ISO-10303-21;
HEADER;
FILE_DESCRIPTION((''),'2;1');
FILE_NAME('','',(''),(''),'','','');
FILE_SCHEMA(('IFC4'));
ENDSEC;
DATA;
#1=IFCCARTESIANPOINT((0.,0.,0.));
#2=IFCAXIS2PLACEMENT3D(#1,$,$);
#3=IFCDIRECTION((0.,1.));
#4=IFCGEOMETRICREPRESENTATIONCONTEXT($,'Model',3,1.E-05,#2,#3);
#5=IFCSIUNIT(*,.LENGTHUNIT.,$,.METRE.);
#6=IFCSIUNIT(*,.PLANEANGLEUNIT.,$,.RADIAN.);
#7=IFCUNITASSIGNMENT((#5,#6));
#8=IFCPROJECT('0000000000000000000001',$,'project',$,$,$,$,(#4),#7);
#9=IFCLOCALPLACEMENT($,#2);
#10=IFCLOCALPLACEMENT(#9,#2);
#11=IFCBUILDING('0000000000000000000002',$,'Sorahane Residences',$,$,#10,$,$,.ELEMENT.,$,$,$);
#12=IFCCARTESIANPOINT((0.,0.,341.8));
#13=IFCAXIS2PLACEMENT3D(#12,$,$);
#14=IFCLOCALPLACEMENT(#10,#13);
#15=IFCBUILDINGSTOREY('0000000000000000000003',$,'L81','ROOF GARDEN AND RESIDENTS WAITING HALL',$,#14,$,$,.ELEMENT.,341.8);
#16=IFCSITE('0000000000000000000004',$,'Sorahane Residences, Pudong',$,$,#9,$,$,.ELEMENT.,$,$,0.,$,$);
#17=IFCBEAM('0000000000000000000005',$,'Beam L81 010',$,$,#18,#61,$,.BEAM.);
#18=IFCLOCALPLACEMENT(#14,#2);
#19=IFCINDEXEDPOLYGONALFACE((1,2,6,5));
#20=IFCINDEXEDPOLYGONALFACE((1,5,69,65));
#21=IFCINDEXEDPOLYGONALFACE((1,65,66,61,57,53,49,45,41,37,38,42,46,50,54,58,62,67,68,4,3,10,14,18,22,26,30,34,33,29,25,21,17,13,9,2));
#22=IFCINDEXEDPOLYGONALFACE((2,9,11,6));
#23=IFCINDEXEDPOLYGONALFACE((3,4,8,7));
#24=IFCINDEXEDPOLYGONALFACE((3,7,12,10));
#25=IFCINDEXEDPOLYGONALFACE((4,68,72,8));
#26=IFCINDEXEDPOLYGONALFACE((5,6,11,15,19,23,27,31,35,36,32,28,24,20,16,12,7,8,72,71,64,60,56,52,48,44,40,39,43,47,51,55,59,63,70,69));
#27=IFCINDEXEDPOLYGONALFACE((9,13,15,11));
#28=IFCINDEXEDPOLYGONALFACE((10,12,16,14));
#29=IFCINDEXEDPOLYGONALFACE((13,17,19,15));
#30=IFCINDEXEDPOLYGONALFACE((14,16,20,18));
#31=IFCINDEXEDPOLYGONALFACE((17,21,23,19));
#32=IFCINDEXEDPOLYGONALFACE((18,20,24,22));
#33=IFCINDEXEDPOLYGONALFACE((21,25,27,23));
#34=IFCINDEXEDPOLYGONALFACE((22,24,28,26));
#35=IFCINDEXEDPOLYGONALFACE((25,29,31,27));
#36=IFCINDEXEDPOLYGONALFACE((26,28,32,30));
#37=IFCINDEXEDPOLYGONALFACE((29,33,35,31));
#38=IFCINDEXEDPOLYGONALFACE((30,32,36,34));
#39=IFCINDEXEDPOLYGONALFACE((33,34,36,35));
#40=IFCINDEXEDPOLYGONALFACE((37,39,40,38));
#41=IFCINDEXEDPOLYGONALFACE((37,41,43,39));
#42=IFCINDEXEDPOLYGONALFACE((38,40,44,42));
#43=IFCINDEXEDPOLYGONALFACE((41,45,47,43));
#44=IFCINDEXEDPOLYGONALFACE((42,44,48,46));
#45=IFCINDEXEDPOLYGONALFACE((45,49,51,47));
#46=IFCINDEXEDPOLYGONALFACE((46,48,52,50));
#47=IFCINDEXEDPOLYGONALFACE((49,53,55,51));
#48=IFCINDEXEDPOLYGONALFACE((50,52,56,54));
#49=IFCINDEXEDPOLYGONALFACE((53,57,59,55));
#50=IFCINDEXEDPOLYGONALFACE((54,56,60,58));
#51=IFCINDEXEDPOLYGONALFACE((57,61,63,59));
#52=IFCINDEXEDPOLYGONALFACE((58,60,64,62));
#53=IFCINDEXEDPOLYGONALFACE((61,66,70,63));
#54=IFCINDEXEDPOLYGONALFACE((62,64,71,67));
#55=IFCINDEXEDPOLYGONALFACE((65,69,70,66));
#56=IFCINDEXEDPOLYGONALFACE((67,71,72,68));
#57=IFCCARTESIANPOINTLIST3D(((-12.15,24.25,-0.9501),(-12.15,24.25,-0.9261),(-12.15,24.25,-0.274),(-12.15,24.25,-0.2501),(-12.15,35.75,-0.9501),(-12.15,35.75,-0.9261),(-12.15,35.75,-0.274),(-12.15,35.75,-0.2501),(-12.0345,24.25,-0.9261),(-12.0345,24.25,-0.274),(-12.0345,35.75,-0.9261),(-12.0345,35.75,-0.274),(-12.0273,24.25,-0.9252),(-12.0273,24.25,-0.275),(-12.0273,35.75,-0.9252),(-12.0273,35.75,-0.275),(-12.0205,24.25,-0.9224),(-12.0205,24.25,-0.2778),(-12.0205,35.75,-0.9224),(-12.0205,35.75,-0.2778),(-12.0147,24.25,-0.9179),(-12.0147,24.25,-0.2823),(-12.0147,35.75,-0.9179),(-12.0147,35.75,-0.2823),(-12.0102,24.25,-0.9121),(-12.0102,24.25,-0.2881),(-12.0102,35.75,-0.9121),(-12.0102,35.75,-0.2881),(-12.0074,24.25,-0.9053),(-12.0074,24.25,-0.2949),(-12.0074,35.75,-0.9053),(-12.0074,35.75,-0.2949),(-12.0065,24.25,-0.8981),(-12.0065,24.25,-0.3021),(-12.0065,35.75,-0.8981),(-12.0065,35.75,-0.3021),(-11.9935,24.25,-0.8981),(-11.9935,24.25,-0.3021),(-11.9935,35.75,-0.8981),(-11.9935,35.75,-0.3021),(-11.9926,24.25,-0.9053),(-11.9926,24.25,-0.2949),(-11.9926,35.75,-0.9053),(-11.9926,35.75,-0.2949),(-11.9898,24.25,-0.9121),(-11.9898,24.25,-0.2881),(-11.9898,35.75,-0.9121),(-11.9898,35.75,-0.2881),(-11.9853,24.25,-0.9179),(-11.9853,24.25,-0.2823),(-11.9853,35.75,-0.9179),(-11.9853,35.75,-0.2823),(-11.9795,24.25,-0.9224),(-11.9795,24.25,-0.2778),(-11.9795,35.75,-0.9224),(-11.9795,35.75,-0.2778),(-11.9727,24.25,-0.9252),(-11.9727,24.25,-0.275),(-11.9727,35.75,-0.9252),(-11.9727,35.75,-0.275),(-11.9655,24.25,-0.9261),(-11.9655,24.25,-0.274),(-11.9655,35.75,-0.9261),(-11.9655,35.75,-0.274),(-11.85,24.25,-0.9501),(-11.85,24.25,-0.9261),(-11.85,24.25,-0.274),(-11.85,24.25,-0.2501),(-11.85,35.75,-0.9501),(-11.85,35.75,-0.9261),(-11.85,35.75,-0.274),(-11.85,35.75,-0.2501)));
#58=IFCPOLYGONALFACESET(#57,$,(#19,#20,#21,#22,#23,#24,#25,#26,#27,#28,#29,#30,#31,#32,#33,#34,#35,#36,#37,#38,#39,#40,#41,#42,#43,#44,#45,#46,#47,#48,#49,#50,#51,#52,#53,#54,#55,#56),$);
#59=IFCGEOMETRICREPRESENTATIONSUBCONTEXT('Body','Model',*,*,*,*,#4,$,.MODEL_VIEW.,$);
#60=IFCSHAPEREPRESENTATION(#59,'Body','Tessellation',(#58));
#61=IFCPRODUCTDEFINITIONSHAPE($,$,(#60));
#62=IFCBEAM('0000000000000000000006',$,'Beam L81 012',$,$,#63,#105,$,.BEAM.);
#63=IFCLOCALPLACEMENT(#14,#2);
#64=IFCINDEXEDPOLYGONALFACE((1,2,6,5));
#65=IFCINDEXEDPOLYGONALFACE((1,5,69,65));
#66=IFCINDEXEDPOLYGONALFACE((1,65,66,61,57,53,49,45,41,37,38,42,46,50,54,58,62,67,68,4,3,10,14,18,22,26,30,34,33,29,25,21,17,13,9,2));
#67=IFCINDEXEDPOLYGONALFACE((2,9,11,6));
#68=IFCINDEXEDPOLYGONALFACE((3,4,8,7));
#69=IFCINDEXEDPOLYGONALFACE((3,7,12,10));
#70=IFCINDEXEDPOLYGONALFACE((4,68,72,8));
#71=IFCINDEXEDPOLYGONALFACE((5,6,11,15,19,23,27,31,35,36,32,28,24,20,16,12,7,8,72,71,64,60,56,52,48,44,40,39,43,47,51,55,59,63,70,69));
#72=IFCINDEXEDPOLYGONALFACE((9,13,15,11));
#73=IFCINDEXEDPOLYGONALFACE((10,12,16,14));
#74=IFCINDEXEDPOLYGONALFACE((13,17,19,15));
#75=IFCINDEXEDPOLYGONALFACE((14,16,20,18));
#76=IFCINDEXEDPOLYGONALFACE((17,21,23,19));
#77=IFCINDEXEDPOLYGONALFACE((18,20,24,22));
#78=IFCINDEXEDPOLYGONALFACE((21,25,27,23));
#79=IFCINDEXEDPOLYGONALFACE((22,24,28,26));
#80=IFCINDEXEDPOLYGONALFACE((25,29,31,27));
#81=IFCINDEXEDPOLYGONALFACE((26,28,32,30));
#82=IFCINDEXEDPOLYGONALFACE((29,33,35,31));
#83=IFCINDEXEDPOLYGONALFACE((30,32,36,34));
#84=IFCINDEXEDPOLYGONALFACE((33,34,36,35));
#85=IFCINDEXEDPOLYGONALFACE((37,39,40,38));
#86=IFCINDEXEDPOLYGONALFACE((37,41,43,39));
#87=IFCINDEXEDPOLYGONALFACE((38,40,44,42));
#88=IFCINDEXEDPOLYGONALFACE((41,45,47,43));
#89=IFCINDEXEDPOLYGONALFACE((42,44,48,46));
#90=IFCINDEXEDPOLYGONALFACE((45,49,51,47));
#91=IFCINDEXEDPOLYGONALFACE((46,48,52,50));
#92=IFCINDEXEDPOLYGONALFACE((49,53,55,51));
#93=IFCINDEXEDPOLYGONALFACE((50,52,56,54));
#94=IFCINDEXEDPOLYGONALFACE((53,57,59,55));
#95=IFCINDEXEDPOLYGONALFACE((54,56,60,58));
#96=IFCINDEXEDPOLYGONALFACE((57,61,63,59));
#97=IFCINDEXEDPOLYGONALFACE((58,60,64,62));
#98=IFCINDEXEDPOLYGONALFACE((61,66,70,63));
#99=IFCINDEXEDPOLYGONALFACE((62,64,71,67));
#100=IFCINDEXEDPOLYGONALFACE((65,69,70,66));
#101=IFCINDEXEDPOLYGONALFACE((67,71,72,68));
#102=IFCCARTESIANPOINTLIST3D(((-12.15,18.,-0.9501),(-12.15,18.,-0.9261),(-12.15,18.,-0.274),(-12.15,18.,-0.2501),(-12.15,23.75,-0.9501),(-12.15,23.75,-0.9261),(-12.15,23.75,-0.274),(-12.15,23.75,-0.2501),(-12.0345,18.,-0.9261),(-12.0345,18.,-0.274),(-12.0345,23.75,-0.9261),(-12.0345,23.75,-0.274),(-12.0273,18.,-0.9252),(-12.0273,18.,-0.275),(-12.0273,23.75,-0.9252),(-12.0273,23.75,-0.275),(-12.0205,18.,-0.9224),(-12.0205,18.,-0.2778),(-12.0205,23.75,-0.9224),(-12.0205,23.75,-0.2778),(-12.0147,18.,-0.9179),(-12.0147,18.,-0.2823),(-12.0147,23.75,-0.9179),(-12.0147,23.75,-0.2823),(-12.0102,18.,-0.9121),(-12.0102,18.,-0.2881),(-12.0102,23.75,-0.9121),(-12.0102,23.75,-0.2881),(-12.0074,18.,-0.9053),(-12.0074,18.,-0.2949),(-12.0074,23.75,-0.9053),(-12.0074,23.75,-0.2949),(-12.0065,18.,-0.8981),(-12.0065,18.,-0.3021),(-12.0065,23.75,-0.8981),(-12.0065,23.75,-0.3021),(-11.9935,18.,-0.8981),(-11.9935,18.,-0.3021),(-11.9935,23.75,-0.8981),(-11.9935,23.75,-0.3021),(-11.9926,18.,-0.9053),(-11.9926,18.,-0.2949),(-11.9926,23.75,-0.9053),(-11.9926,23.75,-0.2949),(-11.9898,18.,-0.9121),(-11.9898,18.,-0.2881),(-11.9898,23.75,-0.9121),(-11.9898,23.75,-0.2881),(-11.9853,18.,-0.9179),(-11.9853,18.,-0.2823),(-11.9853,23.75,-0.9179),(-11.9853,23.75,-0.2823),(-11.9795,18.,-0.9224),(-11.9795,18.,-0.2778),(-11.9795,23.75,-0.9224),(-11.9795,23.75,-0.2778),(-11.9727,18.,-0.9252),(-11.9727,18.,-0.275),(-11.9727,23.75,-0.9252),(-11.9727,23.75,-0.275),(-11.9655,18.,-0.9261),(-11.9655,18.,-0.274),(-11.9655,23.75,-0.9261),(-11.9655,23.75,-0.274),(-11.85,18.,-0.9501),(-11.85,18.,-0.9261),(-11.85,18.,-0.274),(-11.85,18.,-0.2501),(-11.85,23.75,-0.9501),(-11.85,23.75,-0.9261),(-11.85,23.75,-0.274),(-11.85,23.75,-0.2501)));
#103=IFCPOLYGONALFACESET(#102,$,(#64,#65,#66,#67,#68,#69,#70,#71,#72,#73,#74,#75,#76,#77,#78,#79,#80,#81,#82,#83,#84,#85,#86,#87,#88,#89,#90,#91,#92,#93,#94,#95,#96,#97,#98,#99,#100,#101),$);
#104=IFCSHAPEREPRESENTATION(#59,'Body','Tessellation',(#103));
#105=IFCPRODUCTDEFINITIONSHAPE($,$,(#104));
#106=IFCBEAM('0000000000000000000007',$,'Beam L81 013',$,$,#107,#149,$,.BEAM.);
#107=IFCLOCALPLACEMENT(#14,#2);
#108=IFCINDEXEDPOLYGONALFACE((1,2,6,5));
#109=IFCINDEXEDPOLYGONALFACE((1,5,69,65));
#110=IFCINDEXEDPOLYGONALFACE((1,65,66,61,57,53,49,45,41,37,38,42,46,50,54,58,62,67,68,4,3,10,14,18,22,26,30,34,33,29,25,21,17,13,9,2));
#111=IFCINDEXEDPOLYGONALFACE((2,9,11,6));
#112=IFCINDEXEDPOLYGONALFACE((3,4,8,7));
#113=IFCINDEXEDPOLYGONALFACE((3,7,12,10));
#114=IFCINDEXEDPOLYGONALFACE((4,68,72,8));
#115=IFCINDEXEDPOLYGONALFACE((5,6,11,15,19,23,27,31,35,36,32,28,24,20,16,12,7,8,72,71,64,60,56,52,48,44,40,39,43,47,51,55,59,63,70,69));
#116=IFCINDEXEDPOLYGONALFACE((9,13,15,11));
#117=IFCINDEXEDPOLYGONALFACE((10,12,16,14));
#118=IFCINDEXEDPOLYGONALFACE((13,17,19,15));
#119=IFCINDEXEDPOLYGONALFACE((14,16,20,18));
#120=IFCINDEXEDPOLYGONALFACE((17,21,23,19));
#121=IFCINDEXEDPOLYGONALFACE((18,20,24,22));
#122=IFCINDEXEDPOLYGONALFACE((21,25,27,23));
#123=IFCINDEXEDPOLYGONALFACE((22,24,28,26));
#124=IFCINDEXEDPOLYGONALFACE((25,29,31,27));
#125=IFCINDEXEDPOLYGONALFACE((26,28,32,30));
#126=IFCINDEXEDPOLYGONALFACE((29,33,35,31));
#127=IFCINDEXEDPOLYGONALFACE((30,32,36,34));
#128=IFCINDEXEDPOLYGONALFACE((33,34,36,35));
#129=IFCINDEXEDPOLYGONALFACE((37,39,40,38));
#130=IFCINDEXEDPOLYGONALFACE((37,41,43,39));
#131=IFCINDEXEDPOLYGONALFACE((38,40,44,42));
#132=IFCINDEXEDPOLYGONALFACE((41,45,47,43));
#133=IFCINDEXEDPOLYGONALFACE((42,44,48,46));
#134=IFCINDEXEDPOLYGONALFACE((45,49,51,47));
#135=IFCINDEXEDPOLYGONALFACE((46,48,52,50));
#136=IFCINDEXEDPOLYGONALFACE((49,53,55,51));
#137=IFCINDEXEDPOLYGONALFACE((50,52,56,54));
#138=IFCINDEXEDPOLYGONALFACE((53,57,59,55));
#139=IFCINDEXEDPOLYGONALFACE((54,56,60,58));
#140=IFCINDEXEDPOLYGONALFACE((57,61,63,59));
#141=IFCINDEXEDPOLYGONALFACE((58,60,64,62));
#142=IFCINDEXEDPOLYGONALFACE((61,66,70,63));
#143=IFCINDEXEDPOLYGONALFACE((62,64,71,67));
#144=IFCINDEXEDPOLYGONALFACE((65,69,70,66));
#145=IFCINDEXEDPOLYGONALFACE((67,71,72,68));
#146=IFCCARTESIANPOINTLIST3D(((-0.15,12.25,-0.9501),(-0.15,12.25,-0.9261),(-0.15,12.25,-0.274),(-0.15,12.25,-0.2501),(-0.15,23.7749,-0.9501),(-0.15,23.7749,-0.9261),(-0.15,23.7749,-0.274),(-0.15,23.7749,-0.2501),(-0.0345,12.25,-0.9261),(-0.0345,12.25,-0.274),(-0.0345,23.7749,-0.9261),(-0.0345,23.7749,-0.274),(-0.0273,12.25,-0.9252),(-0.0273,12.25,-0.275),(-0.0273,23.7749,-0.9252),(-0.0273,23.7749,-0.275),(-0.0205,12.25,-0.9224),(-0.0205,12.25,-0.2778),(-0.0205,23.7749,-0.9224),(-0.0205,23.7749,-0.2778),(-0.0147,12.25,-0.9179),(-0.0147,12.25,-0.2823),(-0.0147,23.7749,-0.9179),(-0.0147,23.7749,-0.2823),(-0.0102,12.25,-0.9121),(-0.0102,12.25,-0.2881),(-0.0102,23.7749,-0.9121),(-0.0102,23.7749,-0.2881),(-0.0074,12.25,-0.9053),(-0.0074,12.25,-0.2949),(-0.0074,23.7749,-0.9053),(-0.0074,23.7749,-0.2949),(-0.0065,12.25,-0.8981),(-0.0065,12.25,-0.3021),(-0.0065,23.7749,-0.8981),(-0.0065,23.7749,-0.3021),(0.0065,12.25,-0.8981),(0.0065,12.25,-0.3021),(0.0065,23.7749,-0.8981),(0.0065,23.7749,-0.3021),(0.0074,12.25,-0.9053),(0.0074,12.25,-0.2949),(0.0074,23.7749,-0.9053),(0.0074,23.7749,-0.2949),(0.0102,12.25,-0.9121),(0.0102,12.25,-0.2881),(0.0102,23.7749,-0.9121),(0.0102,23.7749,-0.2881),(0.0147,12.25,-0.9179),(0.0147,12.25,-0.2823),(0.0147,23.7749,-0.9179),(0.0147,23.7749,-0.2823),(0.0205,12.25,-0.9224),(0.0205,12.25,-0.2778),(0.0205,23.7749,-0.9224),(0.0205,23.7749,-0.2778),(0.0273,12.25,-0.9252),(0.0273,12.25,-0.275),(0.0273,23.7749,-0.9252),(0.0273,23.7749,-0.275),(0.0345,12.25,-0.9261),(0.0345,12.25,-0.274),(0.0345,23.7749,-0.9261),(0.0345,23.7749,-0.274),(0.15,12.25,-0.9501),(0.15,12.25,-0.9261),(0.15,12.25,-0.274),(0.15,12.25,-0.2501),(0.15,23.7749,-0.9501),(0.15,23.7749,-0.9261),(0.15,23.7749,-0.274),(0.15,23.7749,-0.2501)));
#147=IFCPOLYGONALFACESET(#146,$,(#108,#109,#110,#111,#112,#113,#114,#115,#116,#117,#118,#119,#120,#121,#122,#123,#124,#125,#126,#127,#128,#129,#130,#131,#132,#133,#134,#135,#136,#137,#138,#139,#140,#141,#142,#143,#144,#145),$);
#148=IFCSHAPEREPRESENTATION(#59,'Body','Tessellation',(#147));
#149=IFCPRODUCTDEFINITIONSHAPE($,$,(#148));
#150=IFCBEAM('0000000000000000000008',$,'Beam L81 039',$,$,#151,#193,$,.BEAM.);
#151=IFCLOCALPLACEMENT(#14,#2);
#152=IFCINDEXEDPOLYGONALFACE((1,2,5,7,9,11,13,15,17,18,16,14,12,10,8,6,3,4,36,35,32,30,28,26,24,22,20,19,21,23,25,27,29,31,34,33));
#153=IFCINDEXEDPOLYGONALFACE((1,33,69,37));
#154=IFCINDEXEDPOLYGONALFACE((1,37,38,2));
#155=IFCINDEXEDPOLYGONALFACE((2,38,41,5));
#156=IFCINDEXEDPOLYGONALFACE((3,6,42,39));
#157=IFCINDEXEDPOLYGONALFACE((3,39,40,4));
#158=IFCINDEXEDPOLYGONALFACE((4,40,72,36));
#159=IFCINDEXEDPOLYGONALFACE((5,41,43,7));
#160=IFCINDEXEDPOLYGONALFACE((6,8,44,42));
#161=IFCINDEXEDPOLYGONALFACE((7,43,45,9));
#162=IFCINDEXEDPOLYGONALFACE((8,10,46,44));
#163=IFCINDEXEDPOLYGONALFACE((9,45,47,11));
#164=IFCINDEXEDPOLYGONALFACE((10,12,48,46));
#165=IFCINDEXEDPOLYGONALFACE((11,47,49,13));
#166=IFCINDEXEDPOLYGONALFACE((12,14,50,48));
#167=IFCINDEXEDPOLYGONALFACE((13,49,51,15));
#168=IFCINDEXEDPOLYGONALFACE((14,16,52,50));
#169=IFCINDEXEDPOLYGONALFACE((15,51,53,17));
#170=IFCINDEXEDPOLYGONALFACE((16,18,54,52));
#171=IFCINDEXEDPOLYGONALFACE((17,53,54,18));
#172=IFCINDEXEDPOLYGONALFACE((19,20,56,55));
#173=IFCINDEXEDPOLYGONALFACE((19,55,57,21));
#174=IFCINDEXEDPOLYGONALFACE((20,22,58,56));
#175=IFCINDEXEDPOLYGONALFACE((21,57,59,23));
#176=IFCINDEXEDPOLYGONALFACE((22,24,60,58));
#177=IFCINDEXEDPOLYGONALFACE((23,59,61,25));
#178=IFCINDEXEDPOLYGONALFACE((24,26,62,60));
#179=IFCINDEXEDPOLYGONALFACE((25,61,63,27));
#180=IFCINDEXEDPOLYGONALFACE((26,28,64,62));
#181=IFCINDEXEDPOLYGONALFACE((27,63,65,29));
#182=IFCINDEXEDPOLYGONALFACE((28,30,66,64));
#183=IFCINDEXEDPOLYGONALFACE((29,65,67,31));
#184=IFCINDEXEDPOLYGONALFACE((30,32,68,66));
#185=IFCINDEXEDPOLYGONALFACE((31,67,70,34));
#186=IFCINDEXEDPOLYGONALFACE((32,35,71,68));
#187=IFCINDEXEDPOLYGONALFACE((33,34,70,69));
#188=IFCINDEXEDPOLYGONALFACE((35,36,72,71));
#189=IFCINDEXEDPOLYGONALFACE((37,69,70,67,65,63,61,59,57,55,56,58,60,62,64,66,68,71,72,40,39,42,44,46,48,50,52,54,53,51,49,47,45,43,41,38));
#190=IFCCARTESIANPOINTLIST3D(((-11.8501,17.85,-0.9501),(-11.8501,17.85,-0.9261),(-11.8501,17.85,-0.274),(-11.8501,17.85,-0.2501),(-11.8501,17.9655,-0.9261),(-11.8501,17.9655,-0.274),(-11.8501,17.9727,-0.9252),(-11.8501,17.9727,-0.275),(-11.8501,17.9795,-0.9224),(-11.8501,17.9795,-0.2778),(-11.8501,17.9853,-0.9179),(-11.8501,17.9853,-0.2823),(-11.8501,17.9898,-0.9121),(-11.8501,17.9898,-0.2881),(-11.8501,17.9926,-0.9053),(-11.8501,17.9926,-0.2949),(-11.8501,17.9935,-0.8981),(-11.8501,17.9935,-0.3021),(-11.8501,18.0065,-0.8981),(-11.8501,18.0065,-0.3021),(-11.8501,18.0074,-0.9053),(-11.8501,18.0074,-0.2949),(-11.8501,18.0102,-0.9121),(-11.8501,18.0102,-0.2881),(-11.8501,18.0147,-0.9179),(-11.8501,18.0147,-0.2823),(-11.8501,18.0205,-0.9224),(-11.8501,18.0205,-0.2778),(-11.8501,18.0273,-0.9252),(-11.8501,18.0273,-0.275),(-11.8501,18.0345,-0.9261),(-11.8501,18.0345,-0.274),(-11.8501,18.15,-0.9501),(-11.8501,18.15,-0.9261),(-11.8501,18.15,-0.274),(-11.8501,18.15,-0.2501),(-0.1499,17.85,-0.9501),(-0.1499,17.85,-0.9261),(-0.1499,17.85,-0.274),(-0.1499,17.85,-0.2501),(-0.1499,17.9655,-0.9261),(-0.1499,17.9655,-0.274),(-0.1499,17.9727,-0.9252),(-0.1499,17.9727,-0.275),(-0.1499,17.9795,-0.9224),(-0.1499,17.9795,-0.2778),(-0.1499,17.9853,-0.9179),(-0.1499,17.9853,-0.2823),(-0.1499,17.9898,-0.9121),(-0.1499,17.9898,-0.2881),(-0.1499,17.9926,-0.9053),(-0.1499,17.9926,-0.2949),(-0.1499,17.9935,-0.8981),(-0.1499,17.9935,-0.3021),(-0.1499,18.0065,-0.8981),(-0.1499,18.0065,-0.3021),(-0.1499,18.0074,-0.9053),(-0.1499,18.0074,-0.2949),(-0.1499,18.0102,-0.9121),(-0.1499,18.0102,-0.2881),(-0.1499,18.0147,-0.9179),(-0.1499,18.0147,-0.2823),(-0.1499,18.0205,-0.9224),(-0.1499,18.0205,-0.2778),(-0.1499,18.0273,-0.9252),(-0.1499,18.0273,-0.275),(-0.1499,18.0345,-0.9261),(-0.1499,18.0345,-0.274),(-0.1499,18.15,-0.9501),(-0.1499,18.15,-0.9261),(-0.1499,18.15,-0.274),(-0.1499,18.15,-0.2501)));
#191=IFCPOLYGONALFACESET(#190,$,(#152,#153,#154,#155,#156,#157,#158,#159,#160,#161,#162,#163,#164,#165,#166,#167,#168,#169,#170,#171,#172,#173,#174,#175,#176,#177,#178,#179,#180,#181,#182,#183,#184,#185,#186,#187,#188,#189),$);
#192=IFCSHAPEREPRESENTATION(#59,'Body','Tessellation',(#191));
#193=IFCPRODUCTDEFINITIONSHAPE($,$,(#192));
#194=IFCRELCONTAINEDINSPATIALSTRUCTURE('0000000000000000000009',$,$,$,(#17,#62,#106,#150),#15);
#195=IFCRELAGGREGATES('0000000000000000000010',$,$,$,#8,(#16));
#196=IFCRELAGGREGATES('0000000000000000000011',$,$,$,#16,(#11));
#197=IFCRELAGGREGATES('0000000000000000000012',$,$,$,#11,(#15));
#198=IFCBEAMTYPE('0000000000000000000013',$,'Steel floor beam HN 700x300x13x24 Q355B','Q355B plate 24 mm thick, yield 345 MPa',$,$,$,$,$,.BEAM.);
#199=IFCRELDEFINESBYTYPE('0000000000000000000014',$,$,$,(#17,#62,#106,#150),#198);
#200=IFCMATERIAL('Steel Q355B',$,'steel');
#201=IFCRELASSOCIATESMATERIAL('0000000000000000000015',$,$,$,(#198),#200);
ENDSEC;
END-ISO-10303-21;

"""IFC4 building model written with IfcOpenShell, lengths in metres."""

from ifc_helpers import new_model, si_unit, direction, frame, origin, origin_2d, place, context, subcontext, project, spatial, i_section, extrude, material, material_profile, profile_set, type_object, element, save


model = new_model("IFC4")

# Units and contexts
model_context = context("Model", 3, precision=1e-05, world=origin(), true_north=direction((0.0, 1.0)))
body_context = subcontext(model_context, "Body", "Model", "MODEL_VIEW")
ifc_project = project(units=[si_unit("LENGTHUNIT", "METRE"), si_unit("PLANEANGLEUNIT", "RADIAN")], contexts=[model_context])

# Site, building, storey
site_placement = place(None, origin())
site = spatial("IfcSite", under=ifc_project, at=site_placement, Name="Sorahane Residences, Pudong", CompositionType="ELEMENT", RefElevation=0.0)
building_placement = place(site_placement, origin())
building = spatial("IfcBuilding", under=site, at=building_placement, Name="Sorahane Residences", CompositionType="ELEMENT")
storey_placement = place(building_placement, frame((0.0, 0.0, 341.8)))
storey = spatial("IfcBuildingStorey", under=building, at=storey_placement, Name="L81", Description="ROOF GARDEN AND RESIDENTS WAITING HALL", CompositionType="ELEMENT", Elevation=341.8)

# Beams
ifc_material_1 = material(Name="Steel Q355B", Category="steel")
ifc_material_profile_1 = material_profile(ifc_material_1, i_section(OverallWidth=0.3, OverallDepth=0.7, WebThickness=0.0129, FlangeThickness=0.0239, FilletRadius=0.0281, at=origin_2d()), Name="HN 700x300x13x24")
ifc_profile_set_1 = profile_set([ifc_material_profile_1], Name="Steel Q355B")
beam_type = type_object("IfcBeamType", Name="Steel floor beam HN 700x300x13x24 Q355B", Description="Q355B plate 24 mm thick, yield 345 MPa", PredefinedType="BEAM", material=ifc_profile_set_1)
beam_1_placement = place(storey_placement, frame((-12.0, 24.25, -0.6001), z_axis=(0.0, 1.0, 0.0), x_axis=(-1.0, 0.0, 0.0)))
element("IfcBeam", 1, at=beam_1_placement, inside=storey, type_object=beam_type, Name="Beam L81 010", PredefinedType="BEAM", context=body_context, shape_type="SweptSolid", body=[
    extrude(i_section(OverallWidth=0.3, OverallDepth=0.7, WebThickness=0.0129, FlangeThickness=0.0239, FilletRadius=0.0281, at=origin_2d()), origin(), (0.0, 0.0, 1.0), 11.5),
])
beam_2_placement = place(storey_placement, frame((-12.0, 18.0, -0.6001), z_axis=(0.0, 1.0, 0.0), x_axis=(-1.0, 0.0, 0.0)))
element("IfcBeam", 2, at=beam_2_placement, inside=storey, type_object=beam_type, Name="Beam L81 012", PredefinedType="BEAM", context=body_context, shape_type="SweptSolid", body=[
    extrude(i_section(OverallWidth=0.3, OverallDepth=0.7, WebThickness=0.0129, FlangeThickness=0.0239, FilletRadius=0.0281, at=origin_2d()), origin(), (0.0, 0.0, 1.0), 5.75),
])
beam_3_placement = place(storey_placement, frame((0.0, 12.25, -0.6001), z_axis=(0.0, 1.0, 0.0), x_axis=(-1.0, 0.0, 0.0)))
element("IfcBeam", 3, at=beam_3_placement, inside=storey, type_object=beam_type, Name="Beam L81 013", PredefinedType="BEAM", context=body_context, shape_type="SweptSolid", body=[
    extrude(i_section(OverallWidth=0.3, OverallDepth=0.7, WebThickness=0.0129, FlangeThickness=0.0239, FilletRadius=0.0281, at=origin_2d()), origin(), (0.0, 0.0, 1.0), 11.5249),
])
beam_4_placement = place(storey_placement, frame((-11.8501, 18.0, -0.6001), z_axis=(1.0, 0.0, 0.0), x_axis=(0.0, 1.0, 0.0)))
element("IfcBeam", 4, at=beam_4_placement, inside=storey, type_object=beam_type, Name="Beam L81 039", PredefinedType="BEAM", context=body_context, shape_type="SweptSolid", body=[
    extrude(i_section(OverallWidth=0.3, OverallDepth=0.7, WebThickness=0.0129, FlangeThickness=0.0239, FilletRadius=0.0281, at=origin_2d()), origin(), (0.0, 0.0, 1.0), 11.7002),
])

save(model, "model.ifc")
